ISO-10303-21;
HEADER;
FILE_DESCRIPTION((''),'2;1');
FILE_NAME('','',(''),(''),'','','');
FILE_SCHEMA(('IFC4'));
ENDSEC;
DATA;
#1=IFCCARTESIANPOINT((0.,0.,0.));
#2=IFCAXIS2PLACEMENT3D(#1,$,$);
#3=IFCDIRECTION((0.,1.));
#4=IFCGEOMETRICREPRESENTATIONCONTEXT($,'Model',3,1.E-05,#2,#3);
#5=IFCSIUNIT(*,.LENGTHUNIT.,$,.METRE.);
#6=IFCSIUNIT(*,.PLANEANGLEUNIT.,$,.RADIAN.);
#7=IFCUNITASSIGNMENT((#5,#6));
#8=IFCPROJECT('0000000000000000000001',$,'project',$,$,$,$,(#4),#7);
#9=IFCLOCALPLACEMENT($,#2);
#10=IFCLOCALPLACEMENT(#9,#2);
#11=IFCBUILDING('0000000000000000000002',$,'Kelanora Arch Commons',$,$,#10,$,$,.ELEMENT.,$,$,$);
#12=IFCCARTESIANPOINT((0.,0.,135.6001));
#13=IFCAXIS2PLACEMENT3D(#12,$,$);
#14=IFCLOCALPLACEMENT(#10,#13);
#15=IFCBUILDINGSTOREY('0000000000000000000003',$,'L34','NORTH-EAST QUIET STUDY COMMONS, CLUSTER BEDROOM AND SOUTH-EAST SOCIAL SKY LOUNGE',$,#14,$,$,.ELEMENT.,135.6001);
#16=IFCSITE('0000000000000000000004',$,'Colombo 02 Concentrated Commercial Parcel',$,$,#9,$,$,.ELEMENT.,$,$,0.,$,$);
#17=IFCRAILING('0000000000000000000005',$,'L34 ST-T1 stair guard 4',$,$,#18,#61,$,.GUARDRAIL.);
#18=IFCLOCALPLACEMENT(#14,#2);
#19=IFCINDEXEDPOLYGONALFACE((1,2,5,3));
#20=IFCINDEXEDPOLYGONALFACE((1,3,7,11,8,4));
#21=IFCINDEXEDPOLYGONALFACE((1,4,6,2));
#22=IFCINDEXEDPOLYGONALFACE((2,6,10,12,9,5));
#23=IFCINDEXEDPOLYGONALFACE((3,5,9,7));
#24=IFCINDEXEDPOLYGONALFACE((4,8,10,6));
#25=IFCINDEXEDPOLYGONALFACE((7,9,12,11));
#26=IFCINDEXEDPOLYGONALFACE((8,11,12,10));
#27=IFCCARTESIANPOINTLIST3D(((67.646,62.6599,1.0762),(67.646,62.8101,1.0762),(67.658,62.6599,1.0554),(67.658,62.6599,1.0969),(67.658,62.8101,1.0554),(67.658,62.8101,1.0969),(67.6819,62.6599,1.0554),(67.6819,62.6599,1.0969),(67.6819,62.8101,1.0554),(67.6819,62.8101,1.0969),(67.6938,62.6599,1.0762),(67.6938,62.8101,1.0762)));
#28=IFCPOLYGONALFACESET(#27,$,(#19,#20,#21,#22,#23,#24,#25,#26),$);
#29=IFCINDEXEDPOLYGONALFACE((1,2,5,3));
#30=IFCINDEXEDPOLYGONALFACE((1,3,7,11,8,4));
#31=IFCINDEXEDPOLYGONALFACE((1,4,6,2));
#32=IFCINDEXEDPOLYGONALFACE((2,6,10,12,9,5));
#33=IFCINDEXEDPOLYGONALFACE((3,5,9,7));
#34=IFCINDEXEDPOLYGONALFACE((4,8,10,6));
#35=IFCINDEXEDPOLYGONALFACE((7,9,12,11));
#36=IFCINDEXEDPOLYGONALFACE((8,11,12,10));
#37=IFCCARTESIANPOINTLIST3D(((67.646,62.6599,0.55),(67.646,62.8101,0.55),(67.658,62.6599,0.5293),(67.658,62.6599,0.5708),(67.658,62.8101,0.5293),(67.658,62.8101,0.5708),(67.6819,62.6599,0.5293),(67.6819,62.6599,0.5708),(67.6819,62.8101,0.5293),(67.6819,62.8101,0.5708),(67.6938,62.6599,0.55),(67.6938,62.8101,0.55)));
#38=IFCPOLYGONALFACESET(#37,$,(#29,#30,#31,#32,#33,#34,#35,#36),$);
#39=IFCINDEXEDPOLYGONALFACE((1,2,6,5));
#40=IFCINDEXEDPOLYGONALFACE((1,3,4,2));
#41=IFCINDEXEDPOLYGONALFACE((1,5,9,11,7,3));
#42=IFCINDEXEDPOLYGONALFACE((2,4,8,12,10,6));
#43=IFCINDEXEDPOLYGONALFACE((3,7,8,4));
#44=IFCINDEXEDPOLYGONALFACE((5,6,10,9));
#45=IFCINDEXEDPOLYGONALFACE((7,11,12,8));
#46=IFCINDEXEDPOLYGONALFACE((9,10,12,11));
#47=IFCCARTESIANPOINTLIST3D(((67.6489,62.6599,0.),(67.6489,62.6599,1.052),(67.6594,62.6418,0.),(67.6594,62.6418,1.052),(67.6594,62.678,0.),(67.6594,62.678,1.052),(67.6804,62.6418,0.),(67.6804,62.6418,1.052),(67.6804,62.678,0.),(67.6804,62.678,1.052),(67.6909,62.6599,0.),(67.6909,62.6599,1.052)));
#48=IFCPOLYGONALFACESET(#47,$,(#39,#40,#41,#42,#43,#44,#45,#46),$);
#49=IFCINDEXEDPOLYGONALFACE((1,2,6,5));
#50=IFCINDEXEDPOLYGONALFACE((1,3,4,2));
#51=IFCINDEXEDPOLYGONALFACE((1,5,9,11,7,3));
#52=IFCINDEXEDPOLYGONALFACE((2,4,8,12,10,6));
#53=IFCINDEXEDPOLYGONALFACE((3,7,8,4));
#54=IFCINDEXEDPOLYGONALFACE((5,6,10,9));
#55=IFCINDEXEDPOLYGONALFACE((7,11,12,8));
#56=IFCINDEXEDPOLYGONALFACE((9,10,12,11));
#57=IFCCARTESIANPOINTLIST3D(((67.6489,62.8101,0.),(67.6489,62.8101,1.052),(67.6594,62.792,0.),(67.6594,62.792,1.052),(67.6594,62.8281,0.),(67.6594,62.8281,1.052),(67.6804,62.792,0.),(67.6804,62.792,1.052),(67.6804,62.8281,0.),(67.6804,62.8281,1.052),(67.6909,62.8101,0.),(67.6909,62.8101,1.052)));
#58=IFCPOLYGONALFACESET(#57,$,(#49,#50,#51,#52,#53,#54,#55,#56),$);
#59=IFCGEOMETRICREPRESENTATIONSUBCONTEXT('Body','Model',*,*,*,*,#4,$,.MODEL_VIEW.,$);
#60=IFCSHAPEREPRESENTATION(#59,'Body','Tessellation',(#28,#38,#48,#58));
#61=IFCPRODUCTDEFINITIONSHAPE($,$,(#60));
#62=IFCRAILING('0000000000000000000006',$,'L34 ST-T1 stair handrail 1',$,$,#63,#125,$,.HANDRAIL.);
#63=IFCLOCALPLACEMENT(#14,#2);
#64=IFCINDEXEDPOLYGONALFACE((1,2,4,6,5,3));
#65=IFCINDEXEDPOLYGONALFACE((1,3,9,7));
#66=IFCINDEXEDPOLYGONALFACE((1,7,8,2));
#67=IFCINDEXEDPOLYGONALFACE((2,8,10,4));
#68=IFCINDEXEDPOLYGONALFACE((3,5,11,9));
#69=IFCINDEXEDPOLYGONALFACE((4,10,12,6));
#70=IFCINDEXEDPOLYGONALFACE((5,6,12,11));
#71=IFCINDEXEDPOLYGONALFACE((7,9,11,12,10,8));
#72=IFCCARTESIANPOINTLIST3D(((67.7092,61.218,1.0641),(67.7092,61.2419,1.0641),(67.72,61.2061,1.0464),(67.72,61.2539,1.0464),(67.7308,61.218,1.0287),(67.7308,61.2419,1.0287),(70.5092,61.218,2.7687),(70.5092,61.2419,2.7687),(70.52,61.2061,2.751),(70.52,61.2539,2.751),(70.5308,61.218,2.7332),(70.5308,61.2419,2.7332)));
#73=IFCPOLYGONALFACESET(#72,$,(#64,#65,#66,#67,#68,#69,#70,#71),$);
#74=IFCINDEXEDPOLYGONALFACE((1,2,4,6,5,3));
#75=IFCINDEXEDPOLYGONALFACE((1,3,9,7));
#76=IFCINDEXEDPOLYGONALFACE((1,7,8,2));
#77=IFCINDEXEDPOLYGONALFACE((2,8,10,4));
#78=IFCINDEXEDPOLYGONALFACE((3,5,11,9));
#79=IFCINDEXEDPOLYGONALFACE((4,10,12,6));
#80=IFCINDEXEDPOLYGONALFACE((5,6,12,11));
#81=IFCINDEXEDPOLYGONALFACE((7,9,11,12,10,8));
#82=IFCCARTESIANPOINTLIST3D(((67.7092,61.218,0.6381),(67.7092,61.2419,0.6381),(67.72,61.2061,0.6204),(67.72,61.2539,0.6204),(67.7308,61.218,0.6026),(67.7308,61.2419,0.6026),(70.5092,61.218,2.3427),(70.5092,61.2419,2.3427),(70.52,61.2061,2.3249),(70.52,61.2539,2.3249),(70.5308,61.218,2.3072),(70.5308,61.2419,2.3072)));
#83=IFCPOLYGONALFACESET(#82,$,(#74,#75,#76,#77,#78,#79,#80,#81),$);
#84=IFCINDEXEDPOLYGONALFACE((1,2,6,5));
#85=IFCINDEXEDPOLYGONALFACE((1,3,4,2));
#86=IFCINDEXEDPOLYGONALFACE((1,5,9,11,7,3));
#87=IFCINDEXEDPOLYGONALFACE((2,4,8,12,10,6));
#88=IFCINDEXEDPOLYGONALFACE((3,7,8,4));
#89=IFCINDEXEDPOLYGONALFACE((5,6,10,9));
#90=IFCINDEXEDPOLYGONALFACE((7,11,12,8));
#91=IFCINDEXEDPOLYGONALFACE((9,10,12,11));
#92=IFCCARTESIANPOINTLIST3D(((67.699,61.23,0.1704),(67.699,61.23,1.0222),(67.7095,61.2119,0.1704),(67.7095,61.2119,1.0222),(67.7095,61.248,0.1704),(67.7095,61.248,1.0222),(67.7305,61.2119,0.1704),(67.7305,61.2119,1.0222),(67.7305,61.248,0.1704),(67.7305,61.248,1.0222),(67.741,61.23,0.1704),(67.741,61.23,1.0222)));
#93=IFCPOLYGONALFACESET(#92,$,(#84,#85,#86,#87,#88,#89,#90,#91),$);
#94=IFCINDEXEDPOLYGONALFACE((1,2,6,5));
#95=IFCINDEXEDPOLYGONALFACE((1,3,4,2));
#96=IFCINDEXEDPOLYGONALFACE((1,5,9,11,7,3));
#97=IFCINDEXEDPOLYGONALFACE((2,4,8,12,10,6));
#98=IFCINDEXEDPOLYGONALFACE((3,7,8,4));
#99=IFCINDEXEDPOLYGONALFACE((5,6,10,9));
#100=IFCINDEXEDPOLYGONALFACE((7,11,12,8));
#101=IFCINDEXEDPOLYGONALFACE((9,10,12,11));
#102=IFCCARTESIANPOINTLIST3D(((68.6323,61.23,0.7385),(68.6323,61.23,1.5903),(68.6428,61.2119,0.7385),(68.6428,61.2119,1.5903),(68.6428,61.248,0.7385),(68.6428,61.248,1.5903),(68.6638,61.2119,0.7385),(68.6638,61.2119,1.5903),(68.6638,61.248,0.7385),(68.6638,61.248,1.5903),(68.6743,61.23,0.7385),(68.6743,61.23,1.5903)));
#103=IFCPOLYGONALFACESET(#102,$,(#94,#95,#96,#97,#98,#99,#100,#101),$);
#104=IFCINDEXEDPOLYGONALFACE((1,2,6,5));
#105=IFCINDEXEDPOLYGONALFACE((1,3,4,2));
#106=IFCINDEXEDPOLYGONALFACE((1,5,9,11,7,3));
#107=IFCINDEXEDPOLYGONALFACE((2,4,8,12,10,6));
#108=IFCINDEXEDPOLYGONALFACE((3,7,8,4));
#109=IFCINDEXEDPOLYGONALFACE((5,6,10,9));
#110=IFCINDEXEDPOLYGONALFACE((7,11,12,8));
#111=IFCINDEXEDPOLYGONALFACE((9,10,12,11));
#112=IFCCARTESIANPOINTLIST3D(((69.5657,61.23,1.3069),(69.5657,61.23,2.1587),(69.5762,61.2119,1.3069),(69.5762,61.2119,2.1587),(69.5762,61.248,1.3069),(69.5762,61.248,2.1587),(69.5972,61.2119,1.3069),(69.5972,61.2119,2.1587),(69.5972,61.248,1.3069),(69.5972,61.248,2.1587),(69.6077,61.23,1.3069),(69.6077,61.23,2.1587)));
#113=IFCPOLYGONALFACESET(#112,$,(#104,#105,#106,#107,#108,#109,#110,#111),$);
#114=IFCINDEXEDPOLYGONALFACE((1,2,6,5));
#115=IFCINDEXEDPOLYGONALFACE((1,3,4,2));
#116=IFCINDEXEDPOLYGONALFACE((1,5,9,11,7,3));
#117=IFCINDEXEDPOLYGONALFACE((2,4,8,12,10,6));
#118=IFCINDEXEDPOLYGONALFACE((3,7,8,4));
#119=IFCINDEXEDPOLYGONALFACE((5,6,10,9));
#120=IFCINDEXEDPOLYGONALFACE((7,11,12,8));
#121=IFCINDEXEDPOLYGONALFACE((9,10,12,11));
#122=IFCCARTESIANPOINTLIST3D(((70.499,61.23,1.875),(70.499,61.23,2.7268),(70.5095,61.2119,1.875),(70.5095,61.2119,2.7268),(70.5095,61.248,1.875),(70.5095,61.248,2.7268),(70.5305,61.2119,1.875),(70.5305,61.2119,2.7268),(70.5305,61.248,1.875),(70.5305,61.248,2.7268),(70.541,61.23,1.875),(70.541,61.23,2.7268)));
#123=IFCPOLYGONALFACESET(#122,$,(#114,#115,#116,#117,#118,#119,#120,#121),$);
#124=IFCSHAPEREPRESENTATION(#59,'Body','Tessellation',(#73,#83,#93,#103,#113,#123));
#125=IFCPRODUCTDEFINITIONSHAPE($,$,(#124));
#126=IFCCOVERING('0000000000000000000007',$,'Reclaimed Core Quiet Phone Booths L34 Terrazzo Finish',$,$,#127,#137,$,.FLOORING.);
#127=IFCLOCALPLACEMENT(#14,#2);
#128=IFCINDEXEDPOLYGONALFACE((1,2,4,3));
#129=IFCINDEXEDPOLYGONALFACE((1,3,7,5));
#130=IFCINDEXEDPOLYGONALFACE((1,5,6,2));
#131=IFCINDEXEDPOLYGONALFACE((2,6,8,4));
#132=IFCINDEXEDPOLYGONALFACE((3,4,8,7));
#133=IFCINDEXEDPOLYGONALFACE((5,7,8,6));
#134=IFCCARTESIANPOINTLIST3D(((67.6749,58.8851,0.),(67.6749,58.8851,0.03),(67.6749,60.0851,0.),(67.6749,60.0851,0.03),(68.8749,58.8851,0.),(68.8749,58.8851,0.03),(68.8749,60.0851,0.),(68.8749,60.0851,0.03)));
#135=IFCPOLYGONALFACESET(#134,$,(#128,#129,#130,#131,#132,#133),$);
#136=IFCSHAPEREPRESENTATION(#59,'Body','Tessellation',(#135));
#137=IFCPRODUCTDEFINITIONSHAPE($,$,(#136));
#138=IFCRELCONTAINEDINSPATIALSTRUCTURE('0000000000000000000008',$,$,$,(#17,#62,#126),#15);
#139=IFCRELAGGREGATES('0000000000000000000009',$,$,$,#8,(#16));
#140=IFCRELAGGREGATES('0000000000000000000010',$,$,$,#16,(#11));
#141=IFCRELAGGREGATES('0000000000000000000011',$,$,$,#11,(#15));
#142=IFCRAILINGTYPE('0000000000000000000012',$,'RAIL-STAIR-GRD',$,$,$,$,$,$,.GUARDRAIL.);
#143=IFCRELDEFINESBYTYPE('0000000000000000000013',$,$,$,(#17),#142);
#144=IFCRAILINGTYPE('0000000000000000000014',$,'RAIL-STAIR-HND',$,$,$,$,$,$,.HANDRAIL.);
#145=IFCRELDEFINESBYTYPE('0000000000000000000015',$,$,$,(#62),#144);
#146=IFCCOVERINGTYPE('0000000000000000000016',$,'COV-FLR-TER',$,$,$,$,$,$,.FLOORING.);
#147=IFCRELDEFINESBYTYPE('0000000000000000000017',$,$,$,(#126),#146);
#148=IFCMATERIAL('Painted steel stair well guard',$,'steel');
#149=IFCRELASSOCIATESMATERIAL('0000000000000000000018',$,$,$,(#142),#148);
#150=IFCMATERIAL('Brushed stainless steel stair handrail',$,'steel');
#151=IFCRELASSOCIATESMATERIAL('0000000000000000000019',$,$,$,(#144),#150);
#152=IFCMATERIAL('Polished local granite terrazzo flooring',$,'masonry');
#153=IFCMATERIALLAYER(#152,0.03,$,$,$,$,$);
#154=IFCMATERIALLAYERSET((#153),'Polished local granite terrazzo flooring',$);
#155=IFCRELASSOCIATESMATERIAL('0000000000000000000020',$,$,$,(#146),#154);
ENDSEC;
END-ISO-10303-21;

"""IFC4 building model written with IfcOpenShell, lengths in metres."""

from ifc_helpers import new_model, si_unit, direction, frame, origin, origin_2d, place, context, subcontext, project, spatial, polyline, rectangle, outline, extrude, source, transform, mapped, material, layer, layer_set, type_object, element, save


model = new_model("IFC4")

# Units and contexts
model_context = context("Model", 3, precision=1e-05, world=origin(), true_north=direction((0.0, 1.0)))
body_context = subcontext(model_context, "Body", "Model", "MODEL_VIEW")
ifc_project = project(units=[si_unit("LENGTHUNIT", "METRE"), si_unit("PLANEANGLEUNIT", "RADIAN")], contexts=[model_context])

# Site, building, storey
site_placement = place(None, origin())
site = spatial("IfcSite", under=ifc_project, at=site_placement, Name="Colombo 02 Concentrated Commercial Parcel", CompositionType="ELEMENT", RefElevation=0.0)
building_placement = place(site_placement, origin())
building = spatial("IfcBuilding", under=site, at=building_placement, Name="Kelanora Arch Commons", CompositionType="ELEMENT")
storey_placement = place(building_placement, frame((0.0, 0.0, 135.6001)))
storey = spatial("IfcBuildingStorey", under=building, at=storey_placement, Name="L34", Description="NORTH-EAST QUIET STUDY COMMONS, CLUSTER BEDROOM AND SOUTH-EAST SOCIAL SKY LOUNGE", CompositionType="ELEMENT", Elevation=135.6001)

# Railings
ifc_material_1 = material(Name="Painted steel stair well guard", Category="steel")
railing_type_1 = type_object("IfcRailingType", Name="RAIL-STAIR-GRD", PredefinedType="GUARDRAIL", material=ifc_material_1)
railing_1_placement = place(storey_placement, frame((67.6699, 62.6599, 0.0)))
element("IfcRailing", 1, at=railing_1_placement, inside=storey, type_object=railing_type_1, Name="L34 ST-T1 stair guard 4", PredefinedType="GUARDRAIL", context=body_context, shape_type="SweptSolid", body=[
    extrude(outline(polyline([(0.0239, 0.0), (0.012, 0.0208), (-0.012, 0.0208), (-0.0239, 0.0), (-0.012, -0.0208), (0.012, -0.0208), (0.0239, 0.0)])), frame((0.0, 0.0, 1.0762), z_axis=(0.0, 1.0, 0.0), x_axis=(-1.0, 0.0, 0.0)), (0.0, 0.0, 1.0), 0.1501),
    extrude(outline(polyline([(0.0239, 0.0), (0.012, 0.0208), (-0.012, 0.0208), (-0.0239, 0.0), (-0.012, -0.0208), (0.012, -0.0208), (0.0239, 0.0)])), frame((0.0, 0.0, 0.55), z_axis=(0.0, 1.0, 0.0), x_axis=(-1.0, 0.0, 0.0)), (0.0, 0.0, 1.0), 0.1501),
    extrude(outline(polyline([(0.021, 0.0), (0.0105, 0.0181), (-0.0105, 0.0181), (-0.021, 0.0), (-0.0105, -0.0181), (0.0105, -0.0181), (0.021, 0.0)])), origin(), (0.0, 0.0, 1.0), 1.052),
    extrude(outline(polyline([(0.021, 0.0), (0.0105, 0.0181), (-0.0105, 0.0181), (-0.021, 0.0), (-0.0105, -0.0181), (0.0105, -0.0181), (0.021, 0.0)])), frame((0.0, 0.1501, 0.0)), (0.0, 0.0, 1.0), 1.052),
])
ifc_material_2 = material(Name="Brushed stainless steel stair handrail", Category="steel")
railing_type_2 = type_object("IfcRailingType", Name="RAIL-STAIR-HND", PredefinedType="HANDRAIL", material=ifc_material_2)
railing_2_placement = place(storey_placement, frame((67.72, 61.23, 0.1704)))
element("IfcRailing", 2, at=railing_2_placement, inside=storey, type_object=railing_type_2, Name="L34 ST-T1 stair handrail 1", PredefinedType="HANDRAIL", context=body_context, shape_type="SweptSolid", body=[
    extrude(outline(polyline([(0.0239, 0.0), (0.012, 0.0208), (-0.012, 0.0208), (-0.0239, 0.0), (-0.012, -0.0208), (0.012, -0.0208), (0.0239, 0.0)])), frame((0.0, 0.0, 0.876), z_axis=(0.85417, 0.0, 0.519994), x_axis=(0.0, 1.0, 0.0)), (0.0, 0.0, 1.0), 3.2781),
    extrude(outline(polyline([(0.0239, 0.0), (0.012, 0.0208), (-0.012, 0.0208), (-0.0239, 0.0), (-0.012, -0.0208), (0.012, -0.0208), (0.0239, 0.0)])), frame((0.0, 0.0, 0.45), z_axis=(0.85417, 0.0, 0.519994), x_axis=(0.0, 1.0, 0.0)), (0.0, 0.0, 1.0), 3.2781),
    extrude(outline(polyline([(0.021, 0.0), (0.0105, 0.0181), (-0.0105, 0.0181), (-0.021, 0.0), (-0.0105, -0.0181), (0.0105, -0.0181), (0.021, 0.0)])), origin(), (0.0, 0.0, 1.0), 0.8518),
    extrude(outline(polyline([(0.021, 0.0), (0.0105, 0.0181), (-0.0105, 0.0181), (-0.021, 0.0), (-0.0105, -0.0181), (0.0105, -0.0181), (0.021, 0.0)])), frame((0.9333, 0.0, 0.5681)), (0.0, 0.0, 1.0), 0.8518),
    extrude(outline(polyline([(0.021, 0.0), (0.0105, 0.0181), (-0.0105, 0.0181), (-0.021, 0.0), (-0.0105, -0.0181), (0.0105, -0.0181), (0.021, 0.0)])), frame((1.8667, 0.0, 1.1365)), (0.0, 0.0, 1.0), 0.8518),
    extrude(outline(polyline([(0.021, 0.0), (0.0105, 0.0181), (-0.0105, 0.0181), (-0.021, 0.0), (-0.0105, -0.0181), (0.0105, -0.0181), (0.021, 0.0)])), frame((2.8, 0.0, 1.7046)), (0.0, 0.0, 1.0), 0.8518),
])

# Covering
ifc_material_3 = material(Name="Polished local granite terrazzo flooring", Category="masonry")
ifc_layer_1 = layer(ifc_material_3, 0.03)
ifc_layer_set_1 = layer_set([ifc_layer_1], Name="Polished local granite terrazzo flooring")
covering_type = type_object("IfcCoveringType", Name="COV-FLR-TER", PredefinedType="FLOORING", material=ifc_layer_set_1)
shared_shape = source(origin(), body_context, "Body", "SweptSolid", [
    extrude(rectangle(XDim=1.2, YDim=1.2, at=origin_2d()), origin(), (0.0, 0.0, 1.0), 0.03),
])
covering_placement = place(storey_placement, frame((68.2749, 59.4851, 0.0), z_axis=(0.0, 0.0, 1.0), x_axis=(1.0, 0.0, 0.0)))
element("IfcCovering", 3, at=covering_placement, inside=storey, type_object=covering_type, Name="Reclaimed Core Quiet Phone Booths L34 Terrazzo Finish", PredefinedType="FLOORING", context=body_context, shape_type="MappedRepresentation", body=[
    mapped(shared_shape, transform((0.0, 0.0, 0.0), scale=1.0)),
])

save(model, "model.ifc")
